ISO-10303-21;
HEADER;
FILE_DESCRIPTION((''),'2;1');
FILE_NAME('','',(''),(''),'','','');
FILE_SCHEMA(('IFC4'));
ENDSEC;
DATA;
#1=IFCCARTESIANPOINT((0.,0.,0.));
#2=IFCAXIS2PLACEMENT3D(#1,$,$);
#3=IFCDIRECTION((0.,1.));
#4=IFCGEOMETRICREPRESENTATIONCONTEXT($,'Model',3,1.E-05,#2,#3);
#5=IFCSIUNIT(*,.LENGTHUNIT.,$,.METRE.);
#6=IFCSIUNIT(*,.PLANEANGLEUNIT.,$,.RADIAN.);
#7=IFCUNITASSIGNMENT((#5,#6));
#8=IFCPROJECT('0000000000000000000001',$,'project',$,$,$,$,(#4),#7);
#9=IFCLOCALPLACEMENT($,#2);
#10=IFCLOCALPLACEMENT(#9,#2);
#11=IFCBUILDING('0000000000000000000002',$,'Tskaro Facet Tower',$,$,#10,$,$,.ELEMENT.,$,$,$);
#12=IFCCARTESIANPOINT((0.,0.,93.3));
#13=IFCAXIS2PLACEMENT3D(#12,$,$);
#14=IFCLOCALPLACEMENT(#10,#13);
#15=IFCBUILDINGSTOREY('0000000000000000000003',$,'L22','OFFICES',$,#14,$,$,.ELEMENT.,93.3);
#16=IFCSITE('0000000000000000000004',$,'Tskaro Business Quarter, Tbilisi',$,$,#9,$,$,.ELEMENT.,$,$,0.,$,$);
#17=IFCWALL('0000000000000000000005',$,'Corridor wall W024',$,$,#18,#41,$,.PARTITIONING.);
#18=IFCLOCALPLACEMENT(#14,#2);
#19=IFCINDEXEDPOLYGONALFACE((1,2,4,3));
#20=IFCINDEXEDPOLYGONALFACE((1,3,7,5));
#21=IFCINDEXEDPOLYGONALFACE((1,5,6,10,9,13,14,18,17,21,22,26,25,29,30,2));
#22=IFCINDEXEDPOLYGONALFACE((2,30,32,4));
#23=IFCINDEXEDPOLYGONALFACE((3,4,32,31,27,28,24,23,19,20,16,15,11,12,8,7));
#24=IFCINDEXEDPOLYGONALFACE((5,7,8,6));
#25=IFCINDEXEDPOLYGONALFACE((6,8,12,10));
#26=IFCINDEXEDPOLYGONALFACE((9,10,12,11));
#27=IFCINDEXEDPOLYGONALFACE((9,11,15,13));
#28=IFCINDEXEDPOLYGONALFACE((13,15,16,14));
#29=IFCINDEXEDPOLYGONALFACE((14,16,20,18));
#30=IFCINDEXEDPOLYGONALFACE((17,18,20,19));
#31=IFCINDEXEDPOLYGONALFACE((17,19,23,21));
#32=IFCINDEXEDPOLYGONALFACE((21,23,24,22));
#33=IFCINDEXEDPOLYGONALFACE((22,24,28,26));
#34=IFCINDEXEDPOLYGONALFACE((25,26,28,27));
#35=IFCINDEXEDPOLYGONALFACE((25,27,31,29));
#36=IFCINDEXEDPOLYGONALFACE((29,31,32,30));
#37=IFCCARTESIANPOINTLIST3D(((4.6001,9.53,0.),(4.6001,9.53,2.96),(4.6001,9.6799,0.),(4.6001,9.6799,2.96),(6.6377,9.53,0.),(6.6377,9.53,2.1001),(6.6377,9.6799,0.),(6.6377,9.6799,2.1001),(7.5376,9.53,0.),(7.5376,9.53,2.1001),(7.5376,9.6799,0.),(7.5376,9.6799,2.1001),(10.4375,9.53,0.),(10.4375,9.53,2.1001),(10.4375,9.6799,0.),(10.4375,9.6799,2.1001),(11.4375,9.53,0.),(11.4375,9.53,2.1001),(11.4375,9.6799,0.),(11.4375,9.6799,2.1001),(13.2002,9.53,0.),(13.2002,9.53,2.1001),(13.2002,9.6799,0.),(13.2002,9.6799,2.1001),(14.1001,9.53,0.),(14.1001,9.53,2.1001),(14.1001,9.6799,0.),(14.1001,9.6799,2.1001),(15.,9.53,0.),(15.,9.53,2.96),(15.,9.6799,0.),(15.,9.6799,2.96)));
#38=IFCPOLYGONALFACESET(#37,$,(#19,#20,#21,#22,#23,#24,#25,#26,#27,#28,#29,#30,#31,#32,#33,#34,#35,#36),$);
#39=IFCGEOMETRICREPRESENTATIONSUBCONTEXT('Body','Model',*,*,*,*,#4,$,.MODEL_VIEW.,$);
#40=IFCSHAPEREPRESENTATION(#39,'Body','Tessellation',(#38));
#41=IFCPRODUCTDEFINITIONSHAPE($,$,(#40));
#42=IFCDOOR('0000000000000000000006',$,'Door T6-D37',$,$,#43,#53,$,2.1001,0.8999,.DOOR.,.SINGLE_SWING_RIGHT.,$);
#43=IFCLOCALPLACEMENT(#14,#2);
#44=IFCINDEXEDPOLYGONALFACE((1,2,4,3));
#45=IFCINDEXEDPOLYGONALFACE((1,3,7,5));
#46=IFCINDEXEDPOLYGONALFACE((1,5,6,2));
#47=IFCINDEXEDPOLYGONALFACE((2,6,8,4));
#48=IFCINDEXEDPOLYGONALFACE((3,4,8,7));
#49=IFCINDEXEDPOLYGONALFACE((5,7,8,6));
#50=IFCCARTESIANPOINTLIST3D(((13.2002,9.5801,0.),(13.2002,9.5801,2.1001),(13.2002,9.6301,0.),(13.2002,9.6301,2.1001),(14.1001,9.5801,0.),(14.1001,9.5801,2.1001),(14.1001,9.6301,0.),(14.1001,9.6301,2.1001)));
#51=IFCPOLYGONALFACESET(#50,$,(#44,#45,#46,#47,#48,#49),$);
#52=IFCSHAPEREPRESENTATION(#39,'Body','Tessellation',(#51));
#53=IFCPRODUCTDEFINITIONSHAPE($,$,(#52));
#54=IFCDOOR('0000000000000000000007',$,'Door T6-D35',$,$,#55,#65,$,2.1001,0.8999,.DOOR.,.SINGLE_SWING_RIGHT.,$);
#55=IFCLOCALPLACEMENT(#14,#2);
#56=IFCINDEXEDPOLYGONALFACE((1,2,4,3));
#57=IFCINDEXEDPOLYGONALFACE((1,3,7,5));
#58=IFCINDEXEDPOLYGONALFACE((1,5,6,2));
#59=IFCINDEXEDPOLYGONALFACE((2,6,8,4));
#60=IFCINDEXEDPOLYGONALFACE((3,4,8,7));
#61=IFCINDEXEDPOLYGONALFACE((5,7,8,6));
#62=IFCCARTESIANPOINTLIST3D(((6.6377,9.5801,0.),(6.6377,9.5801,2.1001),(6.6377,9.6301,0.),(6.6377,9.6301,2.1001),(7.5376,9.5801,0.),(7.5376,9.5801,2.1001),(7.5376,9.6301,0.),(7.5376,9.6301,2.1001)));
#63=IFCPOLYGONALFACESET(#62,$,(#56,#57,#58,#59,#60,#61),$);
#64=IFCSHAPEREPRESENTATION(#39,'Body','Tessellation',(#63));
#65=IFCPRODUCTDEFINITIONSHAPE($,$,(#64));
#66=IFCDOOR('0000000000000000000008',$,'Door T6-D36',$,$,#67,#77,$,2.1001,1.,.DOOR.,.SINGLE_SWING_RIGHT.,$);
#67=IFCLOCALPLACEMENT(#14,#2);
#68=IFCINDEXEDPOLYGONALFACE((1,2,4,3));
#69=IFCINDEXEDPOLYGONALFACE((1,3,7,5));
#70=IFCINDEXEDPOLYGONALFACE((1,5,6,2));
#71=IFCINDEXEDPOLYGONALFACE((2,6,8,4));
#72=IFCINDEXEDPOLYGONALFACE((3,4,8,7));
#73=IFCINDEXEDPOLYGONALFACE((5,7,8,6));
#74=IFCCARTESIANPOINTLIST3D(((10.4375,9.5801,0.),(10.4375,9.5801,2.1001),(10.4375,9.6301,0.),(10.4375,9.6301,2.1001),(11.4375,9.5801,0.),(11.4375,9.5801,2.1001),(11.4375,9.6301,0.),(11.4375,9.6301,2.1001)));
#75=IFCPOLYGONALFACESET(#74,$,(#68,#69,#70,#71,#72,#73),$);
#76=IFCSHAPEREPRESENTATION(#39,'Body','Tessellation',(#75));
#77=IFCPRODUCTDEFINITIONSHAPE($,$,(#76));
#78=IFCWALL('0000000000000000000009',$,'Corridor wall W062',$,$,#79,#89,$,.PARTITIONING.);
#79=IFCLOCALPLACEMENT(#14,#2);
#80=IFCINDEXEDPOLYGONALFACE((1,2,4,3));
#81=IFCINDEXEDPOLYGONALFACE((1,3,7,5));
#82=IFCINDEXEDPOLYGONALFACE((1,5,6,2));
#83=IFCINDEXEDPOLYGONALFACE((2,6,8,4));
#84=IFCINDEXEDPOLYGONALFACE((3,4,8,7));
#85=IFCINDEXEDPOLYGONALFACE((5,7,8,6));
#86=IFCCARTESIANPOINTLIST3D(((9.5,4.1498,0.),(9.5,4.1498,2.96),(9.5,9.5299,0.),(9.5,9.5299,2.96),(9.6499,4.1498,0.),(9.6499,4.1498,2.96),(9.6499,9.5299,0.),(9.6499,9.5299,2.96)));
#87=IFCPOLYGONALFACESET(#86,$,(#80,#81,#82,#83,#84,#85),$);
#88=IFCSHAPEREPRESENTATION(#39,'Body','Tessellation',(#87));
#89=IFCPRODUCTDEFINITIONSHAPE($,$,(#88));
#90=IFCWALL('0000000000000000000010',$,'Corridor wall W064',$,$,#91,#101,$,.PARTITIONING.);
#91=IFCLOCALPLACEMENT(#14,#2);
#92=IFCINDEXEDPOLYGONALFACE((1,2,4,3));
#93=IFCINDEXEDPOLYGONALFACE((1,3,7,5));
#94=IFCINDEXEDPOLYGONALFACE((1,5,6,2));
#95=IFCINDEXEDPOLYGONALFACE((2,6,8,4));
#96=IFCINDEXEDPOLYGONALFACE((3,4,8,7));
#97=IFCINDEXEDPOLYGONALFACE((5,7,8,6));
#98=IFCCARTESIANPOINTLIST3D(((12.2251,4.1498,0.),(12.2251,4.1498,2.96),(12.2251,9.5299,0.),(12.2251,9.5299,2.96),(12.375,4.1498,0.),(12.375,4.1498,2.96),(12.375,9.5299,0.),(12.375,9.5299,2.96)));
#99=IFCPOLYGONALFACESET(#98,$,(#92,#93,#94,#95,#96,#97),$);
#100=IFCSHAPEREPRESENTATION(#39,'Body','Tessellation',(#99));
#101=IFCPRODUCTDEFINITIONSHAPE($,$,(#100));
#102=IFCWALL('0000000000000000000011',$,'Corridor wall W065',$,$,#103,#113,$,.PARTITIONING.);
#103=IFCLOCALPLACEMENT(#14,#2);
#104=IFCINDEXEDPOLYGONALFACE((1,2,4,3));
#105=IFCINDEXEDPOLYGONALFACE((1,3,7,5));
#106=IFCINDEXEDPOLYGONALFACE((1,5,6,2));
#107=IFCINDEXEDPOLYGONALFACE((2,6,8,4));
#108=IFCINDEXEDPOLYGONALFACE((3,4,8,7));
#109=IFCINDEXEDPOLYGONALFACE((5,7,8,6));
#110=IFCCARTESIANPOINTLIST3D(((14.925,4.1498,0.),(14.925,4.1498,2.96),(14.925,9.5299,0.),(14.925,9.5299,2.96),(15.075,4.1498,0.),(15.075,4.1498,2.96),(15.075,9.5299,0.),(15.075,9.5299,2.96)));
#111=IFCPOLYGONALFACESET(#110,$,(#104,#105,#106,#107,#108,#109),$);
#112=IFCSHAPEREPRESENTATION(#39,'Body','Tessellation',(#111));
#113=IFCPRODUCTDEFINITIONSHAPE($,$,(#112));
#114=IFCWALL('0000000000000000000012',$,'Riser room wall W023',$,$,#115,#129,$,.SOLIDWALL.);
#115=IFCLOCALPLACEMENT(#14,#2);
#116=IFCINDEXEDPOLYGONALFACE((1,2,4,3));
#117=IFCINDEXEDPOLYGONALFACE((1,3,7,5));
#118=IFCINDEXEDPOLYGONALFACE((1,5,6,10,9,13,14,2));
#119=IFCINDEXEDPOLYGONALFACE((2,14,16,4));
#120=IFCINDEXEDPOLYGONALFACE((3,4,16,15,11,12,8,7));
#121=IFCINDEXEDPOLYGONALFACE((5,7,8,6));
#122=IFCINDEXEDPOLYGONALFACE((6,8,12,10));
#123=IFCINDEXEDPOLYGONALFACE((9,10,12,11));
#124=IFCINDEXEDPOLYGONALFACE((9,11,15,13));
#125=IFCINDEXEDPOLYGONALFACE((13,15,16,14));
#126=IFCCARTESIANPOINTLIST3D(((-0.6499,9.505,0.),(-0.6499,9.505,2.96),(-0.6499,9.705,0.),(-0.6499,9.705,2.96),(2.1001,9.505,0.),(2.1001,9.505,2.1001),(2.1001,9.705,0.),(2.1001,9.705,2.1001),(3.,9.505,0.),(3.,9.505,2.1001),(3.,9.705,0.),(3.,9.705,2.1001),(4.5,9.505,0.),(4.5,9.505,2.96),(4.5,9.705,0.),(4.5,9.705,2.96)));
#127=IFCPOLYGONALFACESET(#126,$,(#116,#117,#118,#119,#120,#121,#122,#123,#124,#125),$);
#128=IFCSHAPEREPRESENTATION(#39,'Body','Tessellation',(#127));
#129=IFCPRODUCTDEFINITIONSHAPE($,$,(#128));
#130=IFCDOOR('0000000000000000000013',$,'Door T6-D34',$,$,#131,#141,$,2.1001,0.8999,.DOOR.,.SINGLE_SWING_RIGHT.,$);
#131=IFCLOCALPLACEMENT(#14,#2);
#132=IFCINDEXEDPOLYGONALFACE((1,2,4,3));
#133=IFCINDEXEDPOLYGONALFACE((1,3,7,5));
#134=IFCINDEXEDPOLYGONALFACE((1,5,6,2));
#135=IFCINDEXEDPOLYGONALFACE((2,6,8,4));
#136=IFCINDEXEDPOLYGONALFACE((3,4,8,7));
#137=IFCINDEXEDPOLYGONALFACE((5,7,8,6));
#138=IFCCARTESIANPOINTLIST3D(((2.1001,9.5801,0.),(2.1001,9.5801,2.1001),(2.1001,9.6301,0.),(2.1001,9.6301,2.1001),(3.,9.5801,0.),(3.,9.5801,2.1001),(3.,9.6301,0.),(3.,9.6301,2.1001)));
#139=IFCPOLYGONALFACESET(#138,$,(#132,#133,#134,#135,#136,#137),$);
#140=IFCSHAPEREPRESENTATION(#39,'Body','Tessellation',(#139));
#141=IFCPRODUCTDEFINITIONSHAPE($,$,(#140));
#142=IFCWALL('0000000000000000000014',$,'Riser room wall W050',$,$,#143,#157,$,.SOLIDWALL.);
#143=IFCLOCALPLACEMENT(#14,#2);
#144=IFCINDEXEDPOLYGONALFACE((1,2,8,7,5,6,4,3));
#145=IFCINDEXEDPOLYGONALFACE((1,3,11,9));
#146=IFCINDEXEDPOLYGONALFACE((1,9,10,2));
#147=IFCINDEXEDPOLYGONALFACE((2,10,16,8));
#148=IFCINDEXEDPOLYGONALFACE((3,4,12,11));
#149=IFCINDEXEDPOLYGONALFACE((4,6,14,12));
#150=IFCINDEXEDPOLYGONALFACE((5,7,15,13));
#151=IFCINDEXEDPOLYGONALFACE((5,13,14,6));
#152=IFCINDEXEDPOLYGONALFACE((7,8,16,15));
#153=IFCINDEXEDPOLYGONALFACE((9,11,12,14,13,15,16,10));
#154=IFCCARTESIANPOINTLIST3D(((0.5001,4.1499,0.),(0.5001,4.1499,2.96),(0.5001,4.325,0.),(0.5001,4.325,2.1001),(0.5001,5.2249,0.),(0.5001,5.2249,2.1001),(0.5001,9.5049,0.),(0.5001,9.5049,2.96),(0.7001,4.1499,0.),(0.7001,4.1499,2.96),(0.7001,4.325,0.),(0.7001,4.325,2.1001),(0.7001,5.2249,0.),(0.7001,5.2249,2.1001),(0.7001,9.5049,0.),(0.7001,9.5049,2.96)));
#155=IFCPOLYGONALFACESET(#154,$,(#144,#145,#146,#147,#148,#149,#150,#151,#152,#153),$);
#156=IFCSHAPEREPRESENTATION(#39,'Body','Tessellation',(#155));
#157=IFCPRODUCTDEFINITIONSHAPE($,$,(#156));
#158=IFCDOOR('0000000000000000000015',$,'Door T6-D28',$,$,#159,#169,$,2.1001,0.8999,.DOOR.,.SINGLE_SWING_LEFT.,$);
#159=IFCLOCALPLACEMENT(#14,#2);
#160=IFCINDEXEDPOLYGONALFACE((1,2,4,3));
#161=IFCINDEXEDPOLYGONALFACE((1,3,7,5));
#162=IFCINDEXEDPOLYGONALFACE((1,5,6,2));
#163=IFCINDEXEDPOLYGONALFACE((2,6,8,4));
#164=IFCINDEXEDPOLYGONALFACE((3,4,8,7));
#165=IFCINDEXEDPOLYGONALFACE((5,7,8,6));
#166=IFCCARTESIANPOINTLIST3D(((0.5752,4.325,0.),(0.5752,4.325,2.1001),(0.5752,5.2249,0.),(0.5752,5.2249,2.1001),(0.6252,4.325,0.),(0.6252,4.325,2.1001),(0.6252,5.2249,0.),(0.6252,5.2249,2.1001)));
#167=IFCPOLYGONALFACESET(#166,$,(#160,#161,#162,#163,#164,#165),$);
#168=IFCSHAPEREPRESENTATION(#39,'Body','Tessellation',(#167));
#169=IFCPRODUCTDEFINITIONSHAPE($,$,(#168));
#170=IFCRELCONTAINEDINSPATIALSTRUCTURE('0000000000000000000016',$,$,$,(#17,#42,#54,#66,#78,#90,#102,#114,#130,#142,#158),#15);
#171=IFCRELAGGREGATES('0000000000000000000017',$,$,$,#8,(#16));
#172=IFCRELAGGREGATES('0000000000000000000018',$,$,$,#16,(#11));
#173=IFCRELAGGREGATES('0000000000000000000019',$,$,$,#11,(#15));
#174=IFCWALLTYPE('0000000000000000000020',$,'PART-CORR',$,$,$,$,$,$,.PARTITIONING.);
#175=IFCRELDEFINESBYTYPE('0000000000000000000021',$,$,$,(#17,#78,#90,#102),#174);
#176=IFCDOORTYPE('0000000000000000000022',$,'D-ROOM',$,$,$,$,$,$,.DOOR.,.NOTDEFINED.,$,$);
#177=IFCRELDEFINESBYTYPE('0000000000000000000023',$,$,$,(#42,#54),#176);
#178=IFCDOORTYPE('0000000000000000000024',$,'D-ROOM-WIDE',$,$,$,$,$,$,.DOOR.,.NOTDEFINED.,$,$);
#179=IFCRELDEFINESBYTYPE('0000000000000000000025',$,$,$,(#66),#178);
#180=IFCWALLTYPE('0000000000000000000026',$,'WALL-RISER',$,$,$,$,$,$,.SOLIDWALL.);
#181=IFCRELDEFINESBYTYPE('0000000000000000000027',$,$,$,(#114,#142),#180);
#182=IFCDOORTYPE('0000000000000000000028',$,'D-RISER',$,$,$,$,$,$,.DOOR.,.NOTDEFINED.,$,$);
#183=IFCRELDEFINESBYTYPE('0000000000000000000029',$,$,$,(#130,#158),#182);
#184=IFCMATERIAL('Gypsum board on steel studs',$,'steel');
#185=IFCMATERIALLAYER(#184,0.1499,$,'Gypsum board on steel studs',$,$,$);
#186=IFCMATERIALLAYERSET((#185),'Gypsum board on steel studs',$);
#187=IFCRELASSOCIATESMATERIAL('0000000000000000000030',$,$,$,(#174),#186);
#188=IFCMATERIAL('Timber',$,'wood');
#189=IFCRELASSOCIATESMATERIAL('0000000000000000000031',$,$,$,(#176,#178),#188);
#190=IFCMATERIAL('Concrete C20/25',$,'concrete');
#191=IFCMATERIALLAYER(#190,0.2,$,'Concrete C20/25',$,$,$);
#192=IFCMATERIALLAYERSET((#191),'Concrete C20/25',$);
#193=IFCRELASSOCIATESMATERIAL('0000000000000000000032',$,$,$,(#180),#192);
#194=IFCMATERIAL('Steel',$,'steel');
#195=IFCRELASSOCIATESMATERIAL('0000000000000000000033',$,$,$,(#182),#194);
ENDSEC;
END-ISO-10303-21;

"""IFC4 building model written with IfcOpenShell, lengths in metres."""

from ifc_helpers import new_model, si_unit, direction, frame, frame_2d, origin, place, context, subcontext, project, spatial, rectangle, extrude, material, layer, layer_set, type_object, element, fill, save


model = new_model("IFC4")

# Units and contexts
model_context = context("Model", 3, precision=1e-05, world=origin(), true_north=direction((0.0, 1.0)))
body_context = subcontext(model_context, "Body", "Model", "MODEL_VIEW")
ifc_project = project(units=[si_unit("LENGTHUNIT", "METRE"), si_unit("PLANEANGLEUNIT", "RADIAN")], contexts=[model_context])

# Site, building, storey
site_placement = place(None, origin())
site = spatial("IfcSite", under=ifc_project, at=site_placement, Name="Tskaro Business Quarter, Tbilisi", CompositionType="ELEMENT", RefElevation=0.0)
building_placement = place(site_placement, origin())
building = spatial("IfcBuilding", under=site, at=building_placement, Name="Tskaro Facet Tower", CompositionType="ELEMENT")
storey_placement = place(building_placement, frame((0.0, 0.0, 93.3)))
storey = spatial("IfcBuildingStorey", under=building, at=storey_placement, Name="L22", Description="OFFICES", CompositionType="ELEMENT", Elevation=93.3)

# Shared definitions
ifc_material_1 = material(Name="Concrete C20/25", Category="concrete")

# Wall, openings, doors
ifc_material_2 = material(Name="Gypsum board on steel studs", Category="steel")
ifc_layer_1 = layer(ifc_material_2, 0.1499, Name="Gypsum board on steel studs")
ifc_layer_set_1 = layer_set([ifc_layer_1], Name="Gypsum board on steel studs")
wall_type_1 = type_object("IfcWallType", Name="PART-CORR", PredefinedType="PARTITIONING", material=ifc_layer_set_1)
wall_1_placement = place(storey_placement, frame((15.0, 9.605, 0.0), z_axis=(0.0, 0.0, 1.0), x_axis=(-1.0, 0.0, 0.0)))
wall_1 = element("IfcWall", 1, at=wall_1_placement, inside=storey, type_object=wall_type_1, Name="Corridor wall W024", PredefinedType="PARTITIONING", context=body_context, shape_type="SweptSolid", body=[
    extrude(rectangle(XDim=10.3999, YDim=0.1499, at=frame_2d((5.2, 0.0))), origin(), (0.0, 0.0, 1.0), 2.96),
])
opening_1_placement = place(wall_1_placement, frame((0.8999, 0.0, 0.0)))
opening_1 = element("IfcOpeningElement", 2, at=opening_1_placement, cuts=wall_1, PredefinedType="OPENING", context=body_context, shape_type="SweptSolid", body=[
    extrude(rectangle(XDim=0.8999, YDim=2.1001, at=frame_2d((0.45, 1.05))), frame((0.0, 0.085, 0.0), z_axis=(0.0, -1.0, 0.0), x_axis=(1.0, 0.0, 0.0)), (0.0, 0.0, 1.0), 0.1699),
])
opening_2_placement = place(wall_1_placement, frame((7.4624, 0.0, 0.0)))
opening_2 = element("IfcOpeningElement", 3, at=opening_2_placement, cuts=wall_1, PredefinedType="OPENING", context=body_context, shape_type="SweptSolid", body=[
    extrude(rectangle(XDim=0.8999, YDim=2.1001, at=frame_2d((0.45, 1.05))), frame((0.0, 0.085, 0.0), z_axis=(0.0, -1.0, 0.0), x_axis=(1.0, 0.0, 0.0)), (0.0, 0.0, 1.0), 0.1699),
])
opening_3_placement = place(wall_1_placement, frame((3.5625, 0.0, 0.0)))
opening_3 = element("IfcOpeningElement", 4, at=opening_3_placement, cuts=wall_1, PredefinedType="OPENING", context=body_context, shape_type="SweptSolid", body=[
    extrude(rectangle(XDim=1.0, YDim=2.1001, at=frame_2d((0.5, 1.05))), frame((0.0, 0.085, 0.0), z_axis=(0.0, -1.0, 0.0), x_axis=(1.0, 0.0, 0.0)), (0.0, 0.0, 1.0), 0.1699),
])
ifc_material_3 = material(Name="Timber", Category="wood")
door_type_1 = type_object("IfcDoorType", Name="D-ROOM", OperationType="NOTDEFINED", PredefinedType="DOOR", material=ifc_material_3)
door_1_placement = place(opening_1_placement, origin())
door_1 = element("IfcDoor", 5, at=door_1_placement, inside=storey, type_object=door_type_1, Name="Door T6-D37", OperationType="SINGLE_SWING_RIGHT", OverallHeight=2.1001, OverallWidth=0.8999, PredefinedType="DOOR", context=body_context, shape_type="SweptSolid", body=[
    extrude(rectangle(XDim=0.8999, YDim=2.1001, at=frame_2d((0.45, 1.05))), frame((0.0, 0.0249, 0.0), z_axis=(0.0, -1.0, 0.0), x_axis=(1.0, 0.0, 0.0)), (0.0, 0.0, 1.0), 0.05),
])
fill(opening_1, door_1)
door_2_placement = place(opening_2_placement, origin())
door_2 = element("IfcDoor", 6, at=door_2_placement, inside=storey, type_object=door_type_1, Name="Door T6-D35", OperationType="SINGLE_SWING_RIGHT", OverallHeight=2.1001, OverallWidth=0.8999, PredefinedType="DOOR", context=body_context, shape_type="SweptSolid", body=[
    extrude(rectangle(XDim=0.8999, YDim=2.1001, at=frame_2d((0.45, 1.05))), frame((0.0, 0.0249, 0.0), z_axis=(0.0, -1.0, 0.0), x_axis=(1.0, 0.0, 0.0)), (0.0, 0.0, 1.0), 0.05),
])
fill(opening_2, door_2)
door_type_2 = type_object("IfcDoorType", Name="D-ROOM-WIDE", OperationType="NOTDEFINED", PredefinedType="DOOR", material=ifc_material_3)
door_3_placement = place(opening_3_placement, origin())
door_3 = element("IfcDoor", 7, at=door_3_placement, inside=storey, type_object=door_type_2, Name="Door T6-D36", OperationType="SINGLE_SWING_RIGHT", OverallHeight=2.1001, OverallWidth=1.0, PredefinedType="DOOR", context=body_context, shape_type="SweptSolid", body=[
    extrude(rectangle(XDim=1.0, YDim=2.1001, at=frame_2d((0.5, 1.05))), frame((0.0, 0.0249, 0.0), z_axis=(0.0, -1.0, 0.0), x_axis=(1.0, 0.0, 0.0)), (0.0, 0.0, 1.0), 0.05),
])
fill(opening_3, door_3)

# Walls
for number, where, z_axis, x_axis, name in (
    (8, (9.575, 4.1499, 0.0), (0.0, 0.0, 1.0), (0.0, 1.0, 0.0), "Corridor wall W062"),
    (9, (12.3, 4.1499, 0.0), (0.0, 0.0, 1.0), (0.0, 1.0, 0.0), "Corridor wall W064"),
    (10, (15.0, 4.1499, 0.0), (0.0, 0.0, 1.0), (0.0, 1.0, 0.0), "Corridor wall W065"),
):
    element("IfcWall", number, at=place(storey_placement, frame(where, z_axis=z_axis, x_axis=x_axis)), inside=storey, type_object=wall_type_1, Name=name, PredefinedType="PARTITIONING", context=body_context, shape_type="SweptSolid", body=[
        extrude(rectangle(XDim=5.3801, YDim=0.1499, at=frame_2d((2.6899, 0.0))), origin(), (0.0, 0.0, 1.0), 2.96),
    ])

# Walls, openings, doors
ifc_layer_2 = layer(ifc_material_1, 0.2, Name="Concrete C20/25")
ifc_layer_set_2 = layer_set([ifc_layer_2], Name="Concrete C20/25")
wall_type_2 = type_object("IfcWallType", Name="WALL-RISER", PredefinedType="SOLIDWALL", material=ifc_layer_set_2)
wall_2_placement = place(storey_placement, frame((4.5, 9.605, 0.0), z_axis=(0.0, 0.0, 1.0), x_axis=(-1.0, 0.0, 0.0)))
wall_2 = element("IfcWall", 11, at=wall_2_placement, inside=storey, type_object=wall_type_2, Name="Riser room wall W023", PredefinedType="SOLIDWALL", context=body_context, shape_type="SweptSolid", body=[
    extrude(rectangle(XDim=5.1499, YDim=0.2, at=frame_2d((2.575, 0.0))), origin(), (0.0, 0.0, 1.0), 2.96),
])
opening_4_placement = place(wall_2_placement, frame((1.5, 0.0, 0.0)))
opening_4 = element("IfcOpeningElement", 12, at=opening_4_placement, cuts=wall_2, PredefinedType="OPENING", context=body_context, shape_type="SweptSolid", body=[
    extrude(rectangle(XDim=0.8999, YDim=2.1001, at=frame_2d((0.45, 1.05))), frame((0.0, 0.1099, 0.0), z_axis=(0.0, -1.0, 0.0), x_axis=(1.0, 0.0, 0.0)), (0.0, 0.0, 1.0), 0.22),
])
ifc_material_4 = material(Name="Steel", Category="steel")
door_type_3 = type_object("IfcDoorType", Name="D-RISER", OperationType="NOTDEFINED", PredefinedType="DOOR", material=ifc_material_4)
door_4_placement = place(opening_4_placement, origin())
door_4 = element("IfcDoor", 13, at=door_4_placement, inside=storey, type_object=door_type_3, Name="Door T6-D34", OperationType="SINGLE_SWING_RIGHT", OverallHeight=2.1001, OverallWidth=0.8999, PredefinedType="DOOR", context=body_context, shape_type="SweptSolid", body=[
    extrude(rectangle(XDim=0.8999, YDim=2.1001, at=frame_2d((0.45, 1.05))), frame((0.0, 0.0249, 0.0), z_axis=(0.0, -1.0, 0.0), x_axis=(1.0, 0.0, 0.0)), (0.0, 0.0, 1.0), 0.05),
])
fill(opening_4, door_4)
wall_3_placement = place(storey_placement, frame((0.6001, 4.1499, 0.0), z_axis=(0.0, 0.0, 1.0), x_axis=(0.0, 1.0, 0.0)))
wall_3 = element("IfcWall", 14, at=wall_3_placement, inside=storey, type_object=wall_type_2, Name="Riser room wall W050", PredefinedType="SOLIDWALL", context=body_context, shape_type="SweptSolid", body=[
    extrude(rectangle(XDim=5.355, YDim=0.2, at=frame_2d((2.6775, 0.0))), origin(), (0.0, 0.0, 1.0), 2.96),
])
opening_5_placement = place(wall_3_placement, frame((0.175, 0.0, 0.0)))
opening_5 = element("IfcOpeningElement", 15, at=opening_5_placement, cuts=wall_3, PredefinedType="OPENING", context=body_context, shape_type="SweptSolid", body=[
    extrude(rectangle(XDim=0.8999, YDim=2.1001, at=frame_2d((0.45, 1.05))), frame((0.0, 0.1099, 0.0), z_axis=(0.0, -1.0, 0.0), x_axis=(1.0, 0.0, 0.0)), (0.0, 0.0, 1.0), 0.22),
])
door_5_placement = place(opening_5_placement, origin())
door_5 = element("IfcDoor", 16, at=door_5_placement, inside=storey, type_object=door_type_3, Name="Door T6-D28", OperationType="SINGLE_SWING_LEFT", OverallHeight=2.1001, OverallWidth=0.8999, PredefinedType="DOOR", context=body_context, shape_type="SweptSolid", body=[
    extrude(rectangle(XDim=0.8999, YDim=2.1001, at=frame_2d((0.45, 1.05))), frame((0.0, 0.0249, 0.0), z_axis=(0.0, -1.0, 0.0), x_axis=(1.0, 0.0, 0.0)), (0.0, 0.0, 1.0), 0.05),
])
fill(opening_5, door_5)

save(model, "model.ifc")
